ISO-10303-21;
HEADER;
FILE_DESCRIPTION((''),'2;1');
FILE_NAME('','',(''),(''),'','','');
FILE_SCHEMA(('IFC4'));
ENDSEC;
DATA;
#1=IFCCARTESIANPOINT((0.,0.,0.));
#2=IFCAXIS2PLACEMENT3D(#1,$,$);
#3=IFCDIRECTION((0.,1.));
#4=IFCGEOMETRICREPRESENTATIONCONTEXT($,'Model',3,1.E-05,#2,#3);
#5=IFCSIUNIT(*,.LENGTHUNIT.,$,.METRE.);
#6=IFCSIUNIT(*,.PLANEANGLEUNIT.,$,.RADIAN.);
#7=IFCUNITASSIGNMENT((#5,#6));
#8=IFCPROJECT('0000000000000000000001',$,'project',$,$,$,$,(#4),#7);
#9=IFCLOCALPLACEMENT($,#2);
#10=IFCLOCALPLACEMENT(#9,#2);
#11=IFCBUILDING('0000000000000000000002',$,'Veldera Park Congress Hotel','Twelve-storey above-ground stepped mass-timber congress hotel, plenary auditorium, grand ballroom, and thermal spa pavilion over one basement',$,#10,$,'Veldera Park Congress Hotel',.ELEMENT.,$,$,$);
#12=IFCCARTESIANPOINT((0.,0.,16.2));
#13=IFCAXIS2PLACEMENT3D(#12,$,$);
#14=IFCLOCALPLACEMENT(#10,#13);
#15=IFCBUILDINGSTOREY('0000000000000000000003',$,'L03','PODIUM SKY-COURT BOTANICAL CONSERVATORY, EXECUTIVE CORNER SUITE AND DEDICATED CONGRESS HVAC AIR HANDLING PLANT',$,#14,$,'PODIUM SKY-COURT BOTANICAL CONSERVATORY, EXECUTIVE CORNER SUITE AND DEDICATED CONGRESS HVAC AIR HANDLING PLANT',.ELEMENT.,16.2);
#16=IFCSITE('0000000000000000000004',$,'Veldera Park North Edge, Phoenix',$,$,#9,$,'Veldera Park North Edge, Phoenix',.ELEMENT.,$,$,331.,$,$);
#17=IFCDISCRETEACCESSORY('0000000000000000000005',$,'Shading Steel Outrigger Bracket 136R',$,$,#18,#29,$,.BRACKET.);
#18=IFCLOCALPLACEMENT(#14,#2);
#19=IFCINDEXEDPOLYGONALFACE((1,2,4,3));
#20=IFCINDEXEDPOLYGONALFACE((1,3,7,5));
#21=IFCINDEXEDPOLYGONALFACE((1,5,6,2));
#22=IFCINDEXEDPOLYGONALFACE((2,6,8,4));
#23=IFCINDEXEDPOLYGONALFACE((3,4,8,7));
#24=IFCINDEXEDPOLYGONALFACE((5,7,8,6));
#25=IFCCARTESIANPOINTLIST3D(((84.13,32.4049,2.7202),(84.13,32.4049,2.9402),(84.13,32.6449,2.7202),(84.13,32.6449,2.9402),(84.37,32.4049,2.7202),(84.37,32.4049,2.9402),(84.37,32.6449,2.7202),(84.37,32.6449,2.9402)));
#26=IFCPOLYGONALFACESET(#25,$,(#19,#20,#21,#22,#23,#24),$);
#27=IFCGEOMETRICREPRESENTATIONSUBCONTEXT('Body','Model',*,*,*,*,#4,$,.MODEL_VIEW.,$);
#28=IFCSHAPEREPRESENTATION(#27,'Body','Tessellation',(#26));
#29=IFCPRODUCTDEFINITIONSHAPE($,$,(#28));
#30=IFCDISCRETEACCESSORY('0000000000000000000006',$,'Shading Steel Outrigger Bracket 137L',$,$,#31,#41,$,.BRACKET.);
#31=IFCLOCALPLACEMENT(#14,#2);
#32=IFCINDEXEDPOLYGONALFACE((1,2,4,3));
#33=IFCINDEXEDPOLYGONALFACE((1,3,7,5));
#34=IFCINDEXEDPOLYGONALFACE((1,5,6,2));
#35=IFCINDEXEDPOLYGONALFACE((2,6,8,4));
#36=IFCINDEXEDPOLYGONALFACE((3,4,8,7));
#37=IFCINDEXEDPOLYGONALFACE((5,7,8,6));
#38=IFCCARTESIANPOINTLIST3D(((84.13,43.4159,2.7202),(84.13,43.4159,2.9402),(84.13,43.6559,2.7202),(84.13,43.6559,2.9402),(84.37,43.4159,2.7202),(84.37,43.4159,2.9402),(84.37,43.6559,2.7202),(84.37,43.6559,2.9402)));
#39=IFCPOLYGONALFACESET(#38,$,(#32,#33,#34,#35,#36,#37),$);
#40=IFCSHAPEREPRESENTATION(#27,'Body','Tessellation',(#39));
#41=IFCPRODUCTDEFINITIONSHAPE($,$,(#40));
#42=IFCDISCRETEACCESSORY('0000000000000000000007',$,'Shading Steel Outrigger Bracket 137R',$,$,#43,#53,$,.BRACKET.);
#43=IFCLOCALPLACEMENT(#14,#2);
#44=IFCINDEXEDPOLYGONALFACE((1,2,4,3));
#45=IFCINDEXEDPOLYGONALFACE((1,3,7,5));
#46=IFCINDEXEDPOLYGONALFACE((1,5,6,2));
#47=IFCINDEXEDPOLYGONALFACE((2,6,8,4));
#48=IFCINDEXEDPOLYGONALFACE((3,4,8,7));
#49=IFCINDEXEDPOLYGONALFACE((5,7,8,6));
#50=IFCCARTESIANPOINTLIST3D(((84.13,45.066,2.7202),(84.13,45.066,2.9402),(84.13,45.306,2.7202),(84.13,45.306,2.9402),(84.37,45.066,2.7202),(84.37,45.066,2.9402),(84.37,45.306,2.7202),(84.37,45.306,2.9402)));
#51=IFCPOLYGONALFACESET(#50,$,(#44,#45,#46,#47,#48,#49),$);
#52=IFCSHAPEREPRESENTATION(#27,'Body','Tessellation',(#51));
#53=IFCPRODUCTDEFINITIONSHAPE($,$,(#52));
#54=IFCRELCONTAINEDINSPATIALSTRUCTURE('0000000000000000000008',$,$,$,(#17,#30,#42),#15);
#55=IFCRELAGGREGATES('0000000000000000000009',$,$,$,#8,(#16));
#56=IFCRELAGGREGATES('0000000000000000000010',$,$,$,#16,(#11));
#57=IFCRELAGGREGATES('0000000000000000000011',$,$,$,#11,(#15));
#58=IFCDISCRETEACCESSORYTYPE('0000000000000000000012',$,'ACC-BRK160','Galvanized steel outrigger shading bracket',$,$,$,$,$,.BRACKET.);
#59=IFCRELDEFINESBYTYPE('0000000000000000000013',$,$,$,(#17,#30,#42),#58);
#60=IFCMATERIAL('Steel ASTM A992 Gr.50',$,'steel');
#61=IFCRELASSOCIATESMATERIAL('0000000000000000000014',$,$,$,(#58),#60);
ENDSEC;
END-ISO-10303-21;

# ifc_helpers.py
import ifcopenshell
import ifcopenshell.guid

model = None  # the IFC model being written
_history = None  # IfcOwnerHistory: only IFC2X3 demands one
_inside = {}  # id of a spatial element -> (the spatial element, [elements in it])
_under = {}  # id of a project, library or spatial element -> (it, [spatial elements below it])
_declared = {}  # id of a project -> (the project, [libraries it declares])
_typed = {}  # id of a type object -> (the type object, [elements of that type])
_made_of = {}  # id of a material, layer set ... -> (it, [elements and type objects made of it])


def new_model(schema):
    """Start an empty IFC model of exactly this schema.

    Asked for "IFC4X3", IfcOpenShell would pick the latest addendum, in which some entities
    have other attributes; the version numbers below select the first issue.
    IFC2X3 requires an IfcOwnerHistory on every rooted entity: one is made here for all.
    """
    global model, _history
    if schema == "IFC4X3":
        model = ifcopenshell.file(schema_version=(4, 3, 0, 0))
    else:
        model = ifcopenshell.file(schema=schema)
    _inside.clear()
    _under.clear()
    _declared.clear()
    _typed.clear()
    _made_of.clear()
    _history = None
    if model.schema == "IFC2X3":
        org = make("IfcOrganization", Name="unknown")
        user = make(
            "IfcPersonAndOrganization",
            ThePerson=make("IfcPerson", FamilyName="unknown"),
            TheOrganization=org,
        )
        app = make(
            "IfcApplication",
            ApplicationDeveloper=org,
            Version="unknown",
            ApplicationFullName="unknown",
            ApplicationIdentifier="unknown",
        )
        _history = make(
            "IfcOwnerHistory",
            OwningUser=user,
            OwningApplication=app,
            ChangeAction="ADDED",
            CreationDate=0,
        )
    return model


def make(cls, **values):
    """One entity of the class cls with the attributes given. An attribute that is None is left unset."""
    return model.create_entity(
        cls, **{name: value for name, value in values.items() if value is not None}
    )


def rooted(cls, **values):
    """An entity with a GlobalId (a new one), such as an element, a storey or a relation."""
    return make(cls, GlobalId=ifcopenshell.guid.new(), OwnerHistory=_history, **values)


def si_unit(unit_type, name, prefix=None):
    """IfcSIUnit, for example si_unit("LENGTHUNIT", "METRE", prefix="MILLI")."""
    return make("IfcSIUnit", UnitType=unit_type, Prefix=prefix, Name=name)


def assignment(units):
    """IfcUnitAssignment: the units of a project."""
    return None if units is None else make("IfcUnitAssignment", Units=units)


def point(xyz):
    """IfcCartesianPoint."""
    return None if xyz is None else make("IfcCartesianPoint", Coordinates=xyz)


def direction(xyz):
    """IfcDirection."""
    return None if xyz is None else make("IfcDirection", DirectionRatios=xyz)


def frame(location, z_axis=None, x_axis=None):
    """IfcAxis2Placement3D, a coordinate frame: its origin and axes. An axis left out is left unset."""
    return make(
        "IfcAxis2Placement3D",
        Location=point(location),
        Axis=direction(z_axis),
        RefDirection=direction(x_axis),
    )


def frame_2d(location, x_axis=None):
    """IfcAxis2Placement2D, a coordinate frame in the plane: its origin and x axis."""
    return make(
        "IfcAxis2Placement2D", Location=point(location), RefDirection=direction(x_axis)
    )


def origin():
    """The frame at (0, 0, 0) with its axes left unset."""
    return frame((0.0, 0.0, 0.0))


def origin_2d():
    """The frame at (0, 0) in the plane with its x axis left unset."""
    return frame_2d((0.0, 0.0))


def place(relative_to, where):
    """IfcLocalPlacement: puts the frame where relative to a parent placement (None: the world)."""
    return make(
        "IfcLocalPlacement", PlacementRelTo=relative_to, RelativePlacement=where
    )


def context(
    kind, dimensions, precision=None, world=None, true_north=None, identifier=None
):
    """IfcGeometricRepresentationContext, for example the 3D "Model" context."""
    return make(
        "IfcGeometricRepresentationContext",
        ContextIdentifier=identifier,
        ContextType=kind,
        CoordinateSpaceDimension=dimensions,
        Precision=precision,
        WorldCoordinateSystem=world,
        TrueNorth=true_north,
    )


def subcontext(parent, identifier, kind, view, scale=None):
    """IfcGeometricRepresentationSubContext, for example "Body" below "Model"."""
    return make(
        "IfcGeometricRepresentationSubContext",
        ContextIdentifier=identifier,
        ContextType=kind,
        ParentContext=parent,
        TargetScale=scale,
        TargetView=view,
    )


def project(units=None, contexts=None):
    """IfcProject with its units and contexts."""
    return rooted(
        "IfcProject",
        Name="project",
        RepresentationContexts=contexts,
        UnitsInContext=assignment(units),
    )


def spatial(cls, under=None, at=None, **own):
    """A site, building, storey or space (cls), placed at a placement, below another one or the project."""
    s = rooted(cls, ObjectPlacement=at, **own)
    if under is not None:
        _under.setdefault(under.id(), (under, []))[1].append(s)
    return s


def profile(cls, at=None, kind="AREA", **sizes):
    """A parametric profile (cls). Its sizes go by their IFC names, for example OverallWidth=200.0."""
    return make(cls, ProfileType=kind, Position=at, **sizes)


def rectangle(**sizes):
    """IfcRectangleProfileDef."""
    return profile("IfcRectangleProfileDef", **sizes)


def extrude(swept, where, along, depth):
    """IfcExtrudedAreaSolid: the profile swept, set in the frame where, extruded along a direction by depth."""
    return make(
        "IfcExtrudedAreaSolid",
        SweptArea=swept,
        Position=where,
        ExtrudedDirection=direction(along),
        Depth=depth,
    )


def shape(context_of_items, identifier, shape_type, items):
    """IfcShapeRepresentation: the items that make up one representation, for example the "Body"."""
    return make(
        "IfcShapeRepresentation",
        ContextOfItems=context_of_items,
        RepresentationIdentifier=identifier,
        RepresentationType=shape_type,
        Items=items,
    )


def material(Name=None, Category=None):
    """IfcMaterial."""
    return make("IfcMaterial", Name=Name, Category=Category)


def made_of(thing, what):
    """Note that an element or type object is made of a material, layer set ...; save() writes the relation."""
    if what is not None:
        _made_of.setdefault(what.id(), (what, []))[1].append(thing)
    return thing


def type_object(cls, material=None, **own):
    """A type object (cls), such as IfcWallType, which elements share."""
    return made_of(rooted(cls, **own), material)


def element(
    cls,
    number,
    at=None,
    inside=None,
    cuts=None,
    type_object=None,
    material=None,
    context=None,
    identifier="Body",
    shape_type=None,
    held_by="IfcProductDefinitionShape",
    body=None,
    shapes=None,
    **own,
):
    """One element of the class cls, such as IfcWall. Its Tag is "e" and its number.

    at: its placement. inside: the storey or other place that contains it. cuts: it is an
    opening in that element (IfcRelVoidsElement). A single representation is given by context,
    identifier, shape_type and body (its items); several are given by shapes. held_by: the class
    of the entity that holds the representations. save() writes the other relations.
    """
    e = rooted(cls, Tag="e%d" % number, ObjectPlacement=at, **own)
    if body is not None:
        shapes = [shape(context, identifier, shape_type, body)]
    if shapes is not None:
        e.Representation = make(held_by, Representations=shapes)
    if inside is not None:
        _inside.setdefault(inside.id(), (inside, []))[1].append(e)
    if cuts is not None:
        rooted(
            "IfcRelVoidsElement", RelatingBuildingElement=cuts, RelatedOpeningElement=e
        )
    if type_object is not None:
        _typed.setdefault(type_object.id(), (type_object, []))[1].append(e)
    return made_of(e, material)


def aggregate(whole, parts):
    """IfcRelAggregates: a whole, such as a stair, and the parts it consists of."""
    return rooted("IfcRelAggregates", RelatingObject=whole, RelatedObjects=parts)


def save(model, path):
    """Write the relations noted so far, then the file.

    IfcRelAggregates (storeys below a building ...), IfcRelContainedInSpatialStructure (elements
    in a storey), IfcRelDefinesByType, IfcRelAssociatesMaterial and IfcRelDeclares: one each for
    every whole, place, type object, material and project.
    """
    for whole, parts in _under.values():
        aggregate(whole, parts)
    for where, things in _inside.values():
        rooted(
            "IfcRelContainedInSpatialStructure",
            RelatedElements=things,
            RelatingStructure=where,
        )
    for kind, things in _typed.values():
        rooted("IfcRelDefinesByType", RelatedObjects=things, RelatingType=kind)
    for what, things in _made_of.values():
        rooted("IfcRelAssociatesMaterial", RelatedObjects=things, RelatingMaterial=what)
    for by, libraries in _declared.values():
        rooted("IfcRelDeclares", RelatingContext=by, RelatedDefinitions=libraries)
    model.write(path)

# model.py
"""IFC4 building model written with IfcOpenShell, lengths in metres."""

from ifc_helpers import new_model, si_unit, direction, frame, origin, origin_2d, place, context, subcontext, project, spatial, rectangle, extrude, material, type_object, element, save


model = new_model("IFC4")

# Units and contexts
model_context = context("Model", 3, precision=1e-05, world=origin(), true_north=direction((0.0, 1.0)))
body_context = subcontext(model_context, "Body", "Model", "MODEL_VIEW")
ifc_project = project(units=[si_unit("LENGTHUNIT", "METRE"), si_unit("PLANEANGLEUNIT", "RADIAN")], contexts=[model_context])

# Site, building, storey
site_placement = place(None, origin())
site = spatial("IfcSite", under=ifc_project, at=site_placement, Name="Veldera Park North Edge, Phoenix", LongName="Veldera Park North Edge, Phoenix", CompositionType="ELEMENT", RefElevation=331.0)
building_placement = place(site_placement, origin())
building = spatial("IfcBuilding", under=site, at=building_placement, Name="Veldera Park Congress Hotel", Description="Twelve-storey above-ground stepped mass-timber congress hotel, plenary auditorium, grand ballroom, and thermal spa pavilion over one basement", LongName="Veldera Park Congress Hotel", CompositionType="ELEMENT")
storey_placement = place(building_placement, frame((0.0, 0.0, 16.2)))
storey = spatial("IfcBuildingStorey", under=building, at=storey_placement, Name="L03", Description="PODIUM SKY-COURT BOTANICAL CONSERVATORY, EXECUTIVE CORNER SUITE AND DEDICATED CONGRESS HVAC AIR HANDLING PLANT", LongName="PODIUM SKY-COURT BOTANICAL CONSERVATORY, EXECUTIVE CORNER SUITE AND DEDICATED CONGRESS HVAC AIR HANDLING PLANT", CompositionType="ELEMENT", Elevation=16.2)

# Shared definitions
ifc_material_1 = material(Name="Steel ASTM A992 Gr.50", Category="steel")

# Discrete accessories
discrete_accessory_type = type_object("IfcDiscreteAccessoryType", Name="ACC-BRK160", Description="Galvanized steel outrigger shading bracket", PredefinedType="BRACKET", material=ifc_material_1)
for number, where, z_axis, x_axis, name in (
    (1, (84.25, 32.5249, 2.7202), (0.0, 0.0, 1.0), (0.0, 1.0, 0.0), "Shading Steel Outrigger Bracket 136R"),
    (2, (84.25, 43.5359, 2.7202), (0.0, 0.0, 1.0), (0.0, 1.0, 0.0), "Shading Steel Outrigger Bracket 137L"),
    (3, (84.25, 45.186, 2.7202), (0.0, 0.0, 1.0), (0.0, 1.0, 0.0), "Shading Steel Outrigger Bracket 137R"),
):
    element("IfcDiscreteAccessory", number, at=place(storey_placement, frame(where, z_axis=z_axis, x_axis=x_axis)), inside=storey, type_object=discrete_accessory_type, Name=name, PredefinedType="BRACKET", context=body_context, shape_type="SweptSolid", body=[
        extrude(rectangle(XDim=0.24, YDim=0.24, at=origin_2d()), origin(), (0.0, 0.0, 1.0), 0.22),
    ])

save(model, "model.ifc")
